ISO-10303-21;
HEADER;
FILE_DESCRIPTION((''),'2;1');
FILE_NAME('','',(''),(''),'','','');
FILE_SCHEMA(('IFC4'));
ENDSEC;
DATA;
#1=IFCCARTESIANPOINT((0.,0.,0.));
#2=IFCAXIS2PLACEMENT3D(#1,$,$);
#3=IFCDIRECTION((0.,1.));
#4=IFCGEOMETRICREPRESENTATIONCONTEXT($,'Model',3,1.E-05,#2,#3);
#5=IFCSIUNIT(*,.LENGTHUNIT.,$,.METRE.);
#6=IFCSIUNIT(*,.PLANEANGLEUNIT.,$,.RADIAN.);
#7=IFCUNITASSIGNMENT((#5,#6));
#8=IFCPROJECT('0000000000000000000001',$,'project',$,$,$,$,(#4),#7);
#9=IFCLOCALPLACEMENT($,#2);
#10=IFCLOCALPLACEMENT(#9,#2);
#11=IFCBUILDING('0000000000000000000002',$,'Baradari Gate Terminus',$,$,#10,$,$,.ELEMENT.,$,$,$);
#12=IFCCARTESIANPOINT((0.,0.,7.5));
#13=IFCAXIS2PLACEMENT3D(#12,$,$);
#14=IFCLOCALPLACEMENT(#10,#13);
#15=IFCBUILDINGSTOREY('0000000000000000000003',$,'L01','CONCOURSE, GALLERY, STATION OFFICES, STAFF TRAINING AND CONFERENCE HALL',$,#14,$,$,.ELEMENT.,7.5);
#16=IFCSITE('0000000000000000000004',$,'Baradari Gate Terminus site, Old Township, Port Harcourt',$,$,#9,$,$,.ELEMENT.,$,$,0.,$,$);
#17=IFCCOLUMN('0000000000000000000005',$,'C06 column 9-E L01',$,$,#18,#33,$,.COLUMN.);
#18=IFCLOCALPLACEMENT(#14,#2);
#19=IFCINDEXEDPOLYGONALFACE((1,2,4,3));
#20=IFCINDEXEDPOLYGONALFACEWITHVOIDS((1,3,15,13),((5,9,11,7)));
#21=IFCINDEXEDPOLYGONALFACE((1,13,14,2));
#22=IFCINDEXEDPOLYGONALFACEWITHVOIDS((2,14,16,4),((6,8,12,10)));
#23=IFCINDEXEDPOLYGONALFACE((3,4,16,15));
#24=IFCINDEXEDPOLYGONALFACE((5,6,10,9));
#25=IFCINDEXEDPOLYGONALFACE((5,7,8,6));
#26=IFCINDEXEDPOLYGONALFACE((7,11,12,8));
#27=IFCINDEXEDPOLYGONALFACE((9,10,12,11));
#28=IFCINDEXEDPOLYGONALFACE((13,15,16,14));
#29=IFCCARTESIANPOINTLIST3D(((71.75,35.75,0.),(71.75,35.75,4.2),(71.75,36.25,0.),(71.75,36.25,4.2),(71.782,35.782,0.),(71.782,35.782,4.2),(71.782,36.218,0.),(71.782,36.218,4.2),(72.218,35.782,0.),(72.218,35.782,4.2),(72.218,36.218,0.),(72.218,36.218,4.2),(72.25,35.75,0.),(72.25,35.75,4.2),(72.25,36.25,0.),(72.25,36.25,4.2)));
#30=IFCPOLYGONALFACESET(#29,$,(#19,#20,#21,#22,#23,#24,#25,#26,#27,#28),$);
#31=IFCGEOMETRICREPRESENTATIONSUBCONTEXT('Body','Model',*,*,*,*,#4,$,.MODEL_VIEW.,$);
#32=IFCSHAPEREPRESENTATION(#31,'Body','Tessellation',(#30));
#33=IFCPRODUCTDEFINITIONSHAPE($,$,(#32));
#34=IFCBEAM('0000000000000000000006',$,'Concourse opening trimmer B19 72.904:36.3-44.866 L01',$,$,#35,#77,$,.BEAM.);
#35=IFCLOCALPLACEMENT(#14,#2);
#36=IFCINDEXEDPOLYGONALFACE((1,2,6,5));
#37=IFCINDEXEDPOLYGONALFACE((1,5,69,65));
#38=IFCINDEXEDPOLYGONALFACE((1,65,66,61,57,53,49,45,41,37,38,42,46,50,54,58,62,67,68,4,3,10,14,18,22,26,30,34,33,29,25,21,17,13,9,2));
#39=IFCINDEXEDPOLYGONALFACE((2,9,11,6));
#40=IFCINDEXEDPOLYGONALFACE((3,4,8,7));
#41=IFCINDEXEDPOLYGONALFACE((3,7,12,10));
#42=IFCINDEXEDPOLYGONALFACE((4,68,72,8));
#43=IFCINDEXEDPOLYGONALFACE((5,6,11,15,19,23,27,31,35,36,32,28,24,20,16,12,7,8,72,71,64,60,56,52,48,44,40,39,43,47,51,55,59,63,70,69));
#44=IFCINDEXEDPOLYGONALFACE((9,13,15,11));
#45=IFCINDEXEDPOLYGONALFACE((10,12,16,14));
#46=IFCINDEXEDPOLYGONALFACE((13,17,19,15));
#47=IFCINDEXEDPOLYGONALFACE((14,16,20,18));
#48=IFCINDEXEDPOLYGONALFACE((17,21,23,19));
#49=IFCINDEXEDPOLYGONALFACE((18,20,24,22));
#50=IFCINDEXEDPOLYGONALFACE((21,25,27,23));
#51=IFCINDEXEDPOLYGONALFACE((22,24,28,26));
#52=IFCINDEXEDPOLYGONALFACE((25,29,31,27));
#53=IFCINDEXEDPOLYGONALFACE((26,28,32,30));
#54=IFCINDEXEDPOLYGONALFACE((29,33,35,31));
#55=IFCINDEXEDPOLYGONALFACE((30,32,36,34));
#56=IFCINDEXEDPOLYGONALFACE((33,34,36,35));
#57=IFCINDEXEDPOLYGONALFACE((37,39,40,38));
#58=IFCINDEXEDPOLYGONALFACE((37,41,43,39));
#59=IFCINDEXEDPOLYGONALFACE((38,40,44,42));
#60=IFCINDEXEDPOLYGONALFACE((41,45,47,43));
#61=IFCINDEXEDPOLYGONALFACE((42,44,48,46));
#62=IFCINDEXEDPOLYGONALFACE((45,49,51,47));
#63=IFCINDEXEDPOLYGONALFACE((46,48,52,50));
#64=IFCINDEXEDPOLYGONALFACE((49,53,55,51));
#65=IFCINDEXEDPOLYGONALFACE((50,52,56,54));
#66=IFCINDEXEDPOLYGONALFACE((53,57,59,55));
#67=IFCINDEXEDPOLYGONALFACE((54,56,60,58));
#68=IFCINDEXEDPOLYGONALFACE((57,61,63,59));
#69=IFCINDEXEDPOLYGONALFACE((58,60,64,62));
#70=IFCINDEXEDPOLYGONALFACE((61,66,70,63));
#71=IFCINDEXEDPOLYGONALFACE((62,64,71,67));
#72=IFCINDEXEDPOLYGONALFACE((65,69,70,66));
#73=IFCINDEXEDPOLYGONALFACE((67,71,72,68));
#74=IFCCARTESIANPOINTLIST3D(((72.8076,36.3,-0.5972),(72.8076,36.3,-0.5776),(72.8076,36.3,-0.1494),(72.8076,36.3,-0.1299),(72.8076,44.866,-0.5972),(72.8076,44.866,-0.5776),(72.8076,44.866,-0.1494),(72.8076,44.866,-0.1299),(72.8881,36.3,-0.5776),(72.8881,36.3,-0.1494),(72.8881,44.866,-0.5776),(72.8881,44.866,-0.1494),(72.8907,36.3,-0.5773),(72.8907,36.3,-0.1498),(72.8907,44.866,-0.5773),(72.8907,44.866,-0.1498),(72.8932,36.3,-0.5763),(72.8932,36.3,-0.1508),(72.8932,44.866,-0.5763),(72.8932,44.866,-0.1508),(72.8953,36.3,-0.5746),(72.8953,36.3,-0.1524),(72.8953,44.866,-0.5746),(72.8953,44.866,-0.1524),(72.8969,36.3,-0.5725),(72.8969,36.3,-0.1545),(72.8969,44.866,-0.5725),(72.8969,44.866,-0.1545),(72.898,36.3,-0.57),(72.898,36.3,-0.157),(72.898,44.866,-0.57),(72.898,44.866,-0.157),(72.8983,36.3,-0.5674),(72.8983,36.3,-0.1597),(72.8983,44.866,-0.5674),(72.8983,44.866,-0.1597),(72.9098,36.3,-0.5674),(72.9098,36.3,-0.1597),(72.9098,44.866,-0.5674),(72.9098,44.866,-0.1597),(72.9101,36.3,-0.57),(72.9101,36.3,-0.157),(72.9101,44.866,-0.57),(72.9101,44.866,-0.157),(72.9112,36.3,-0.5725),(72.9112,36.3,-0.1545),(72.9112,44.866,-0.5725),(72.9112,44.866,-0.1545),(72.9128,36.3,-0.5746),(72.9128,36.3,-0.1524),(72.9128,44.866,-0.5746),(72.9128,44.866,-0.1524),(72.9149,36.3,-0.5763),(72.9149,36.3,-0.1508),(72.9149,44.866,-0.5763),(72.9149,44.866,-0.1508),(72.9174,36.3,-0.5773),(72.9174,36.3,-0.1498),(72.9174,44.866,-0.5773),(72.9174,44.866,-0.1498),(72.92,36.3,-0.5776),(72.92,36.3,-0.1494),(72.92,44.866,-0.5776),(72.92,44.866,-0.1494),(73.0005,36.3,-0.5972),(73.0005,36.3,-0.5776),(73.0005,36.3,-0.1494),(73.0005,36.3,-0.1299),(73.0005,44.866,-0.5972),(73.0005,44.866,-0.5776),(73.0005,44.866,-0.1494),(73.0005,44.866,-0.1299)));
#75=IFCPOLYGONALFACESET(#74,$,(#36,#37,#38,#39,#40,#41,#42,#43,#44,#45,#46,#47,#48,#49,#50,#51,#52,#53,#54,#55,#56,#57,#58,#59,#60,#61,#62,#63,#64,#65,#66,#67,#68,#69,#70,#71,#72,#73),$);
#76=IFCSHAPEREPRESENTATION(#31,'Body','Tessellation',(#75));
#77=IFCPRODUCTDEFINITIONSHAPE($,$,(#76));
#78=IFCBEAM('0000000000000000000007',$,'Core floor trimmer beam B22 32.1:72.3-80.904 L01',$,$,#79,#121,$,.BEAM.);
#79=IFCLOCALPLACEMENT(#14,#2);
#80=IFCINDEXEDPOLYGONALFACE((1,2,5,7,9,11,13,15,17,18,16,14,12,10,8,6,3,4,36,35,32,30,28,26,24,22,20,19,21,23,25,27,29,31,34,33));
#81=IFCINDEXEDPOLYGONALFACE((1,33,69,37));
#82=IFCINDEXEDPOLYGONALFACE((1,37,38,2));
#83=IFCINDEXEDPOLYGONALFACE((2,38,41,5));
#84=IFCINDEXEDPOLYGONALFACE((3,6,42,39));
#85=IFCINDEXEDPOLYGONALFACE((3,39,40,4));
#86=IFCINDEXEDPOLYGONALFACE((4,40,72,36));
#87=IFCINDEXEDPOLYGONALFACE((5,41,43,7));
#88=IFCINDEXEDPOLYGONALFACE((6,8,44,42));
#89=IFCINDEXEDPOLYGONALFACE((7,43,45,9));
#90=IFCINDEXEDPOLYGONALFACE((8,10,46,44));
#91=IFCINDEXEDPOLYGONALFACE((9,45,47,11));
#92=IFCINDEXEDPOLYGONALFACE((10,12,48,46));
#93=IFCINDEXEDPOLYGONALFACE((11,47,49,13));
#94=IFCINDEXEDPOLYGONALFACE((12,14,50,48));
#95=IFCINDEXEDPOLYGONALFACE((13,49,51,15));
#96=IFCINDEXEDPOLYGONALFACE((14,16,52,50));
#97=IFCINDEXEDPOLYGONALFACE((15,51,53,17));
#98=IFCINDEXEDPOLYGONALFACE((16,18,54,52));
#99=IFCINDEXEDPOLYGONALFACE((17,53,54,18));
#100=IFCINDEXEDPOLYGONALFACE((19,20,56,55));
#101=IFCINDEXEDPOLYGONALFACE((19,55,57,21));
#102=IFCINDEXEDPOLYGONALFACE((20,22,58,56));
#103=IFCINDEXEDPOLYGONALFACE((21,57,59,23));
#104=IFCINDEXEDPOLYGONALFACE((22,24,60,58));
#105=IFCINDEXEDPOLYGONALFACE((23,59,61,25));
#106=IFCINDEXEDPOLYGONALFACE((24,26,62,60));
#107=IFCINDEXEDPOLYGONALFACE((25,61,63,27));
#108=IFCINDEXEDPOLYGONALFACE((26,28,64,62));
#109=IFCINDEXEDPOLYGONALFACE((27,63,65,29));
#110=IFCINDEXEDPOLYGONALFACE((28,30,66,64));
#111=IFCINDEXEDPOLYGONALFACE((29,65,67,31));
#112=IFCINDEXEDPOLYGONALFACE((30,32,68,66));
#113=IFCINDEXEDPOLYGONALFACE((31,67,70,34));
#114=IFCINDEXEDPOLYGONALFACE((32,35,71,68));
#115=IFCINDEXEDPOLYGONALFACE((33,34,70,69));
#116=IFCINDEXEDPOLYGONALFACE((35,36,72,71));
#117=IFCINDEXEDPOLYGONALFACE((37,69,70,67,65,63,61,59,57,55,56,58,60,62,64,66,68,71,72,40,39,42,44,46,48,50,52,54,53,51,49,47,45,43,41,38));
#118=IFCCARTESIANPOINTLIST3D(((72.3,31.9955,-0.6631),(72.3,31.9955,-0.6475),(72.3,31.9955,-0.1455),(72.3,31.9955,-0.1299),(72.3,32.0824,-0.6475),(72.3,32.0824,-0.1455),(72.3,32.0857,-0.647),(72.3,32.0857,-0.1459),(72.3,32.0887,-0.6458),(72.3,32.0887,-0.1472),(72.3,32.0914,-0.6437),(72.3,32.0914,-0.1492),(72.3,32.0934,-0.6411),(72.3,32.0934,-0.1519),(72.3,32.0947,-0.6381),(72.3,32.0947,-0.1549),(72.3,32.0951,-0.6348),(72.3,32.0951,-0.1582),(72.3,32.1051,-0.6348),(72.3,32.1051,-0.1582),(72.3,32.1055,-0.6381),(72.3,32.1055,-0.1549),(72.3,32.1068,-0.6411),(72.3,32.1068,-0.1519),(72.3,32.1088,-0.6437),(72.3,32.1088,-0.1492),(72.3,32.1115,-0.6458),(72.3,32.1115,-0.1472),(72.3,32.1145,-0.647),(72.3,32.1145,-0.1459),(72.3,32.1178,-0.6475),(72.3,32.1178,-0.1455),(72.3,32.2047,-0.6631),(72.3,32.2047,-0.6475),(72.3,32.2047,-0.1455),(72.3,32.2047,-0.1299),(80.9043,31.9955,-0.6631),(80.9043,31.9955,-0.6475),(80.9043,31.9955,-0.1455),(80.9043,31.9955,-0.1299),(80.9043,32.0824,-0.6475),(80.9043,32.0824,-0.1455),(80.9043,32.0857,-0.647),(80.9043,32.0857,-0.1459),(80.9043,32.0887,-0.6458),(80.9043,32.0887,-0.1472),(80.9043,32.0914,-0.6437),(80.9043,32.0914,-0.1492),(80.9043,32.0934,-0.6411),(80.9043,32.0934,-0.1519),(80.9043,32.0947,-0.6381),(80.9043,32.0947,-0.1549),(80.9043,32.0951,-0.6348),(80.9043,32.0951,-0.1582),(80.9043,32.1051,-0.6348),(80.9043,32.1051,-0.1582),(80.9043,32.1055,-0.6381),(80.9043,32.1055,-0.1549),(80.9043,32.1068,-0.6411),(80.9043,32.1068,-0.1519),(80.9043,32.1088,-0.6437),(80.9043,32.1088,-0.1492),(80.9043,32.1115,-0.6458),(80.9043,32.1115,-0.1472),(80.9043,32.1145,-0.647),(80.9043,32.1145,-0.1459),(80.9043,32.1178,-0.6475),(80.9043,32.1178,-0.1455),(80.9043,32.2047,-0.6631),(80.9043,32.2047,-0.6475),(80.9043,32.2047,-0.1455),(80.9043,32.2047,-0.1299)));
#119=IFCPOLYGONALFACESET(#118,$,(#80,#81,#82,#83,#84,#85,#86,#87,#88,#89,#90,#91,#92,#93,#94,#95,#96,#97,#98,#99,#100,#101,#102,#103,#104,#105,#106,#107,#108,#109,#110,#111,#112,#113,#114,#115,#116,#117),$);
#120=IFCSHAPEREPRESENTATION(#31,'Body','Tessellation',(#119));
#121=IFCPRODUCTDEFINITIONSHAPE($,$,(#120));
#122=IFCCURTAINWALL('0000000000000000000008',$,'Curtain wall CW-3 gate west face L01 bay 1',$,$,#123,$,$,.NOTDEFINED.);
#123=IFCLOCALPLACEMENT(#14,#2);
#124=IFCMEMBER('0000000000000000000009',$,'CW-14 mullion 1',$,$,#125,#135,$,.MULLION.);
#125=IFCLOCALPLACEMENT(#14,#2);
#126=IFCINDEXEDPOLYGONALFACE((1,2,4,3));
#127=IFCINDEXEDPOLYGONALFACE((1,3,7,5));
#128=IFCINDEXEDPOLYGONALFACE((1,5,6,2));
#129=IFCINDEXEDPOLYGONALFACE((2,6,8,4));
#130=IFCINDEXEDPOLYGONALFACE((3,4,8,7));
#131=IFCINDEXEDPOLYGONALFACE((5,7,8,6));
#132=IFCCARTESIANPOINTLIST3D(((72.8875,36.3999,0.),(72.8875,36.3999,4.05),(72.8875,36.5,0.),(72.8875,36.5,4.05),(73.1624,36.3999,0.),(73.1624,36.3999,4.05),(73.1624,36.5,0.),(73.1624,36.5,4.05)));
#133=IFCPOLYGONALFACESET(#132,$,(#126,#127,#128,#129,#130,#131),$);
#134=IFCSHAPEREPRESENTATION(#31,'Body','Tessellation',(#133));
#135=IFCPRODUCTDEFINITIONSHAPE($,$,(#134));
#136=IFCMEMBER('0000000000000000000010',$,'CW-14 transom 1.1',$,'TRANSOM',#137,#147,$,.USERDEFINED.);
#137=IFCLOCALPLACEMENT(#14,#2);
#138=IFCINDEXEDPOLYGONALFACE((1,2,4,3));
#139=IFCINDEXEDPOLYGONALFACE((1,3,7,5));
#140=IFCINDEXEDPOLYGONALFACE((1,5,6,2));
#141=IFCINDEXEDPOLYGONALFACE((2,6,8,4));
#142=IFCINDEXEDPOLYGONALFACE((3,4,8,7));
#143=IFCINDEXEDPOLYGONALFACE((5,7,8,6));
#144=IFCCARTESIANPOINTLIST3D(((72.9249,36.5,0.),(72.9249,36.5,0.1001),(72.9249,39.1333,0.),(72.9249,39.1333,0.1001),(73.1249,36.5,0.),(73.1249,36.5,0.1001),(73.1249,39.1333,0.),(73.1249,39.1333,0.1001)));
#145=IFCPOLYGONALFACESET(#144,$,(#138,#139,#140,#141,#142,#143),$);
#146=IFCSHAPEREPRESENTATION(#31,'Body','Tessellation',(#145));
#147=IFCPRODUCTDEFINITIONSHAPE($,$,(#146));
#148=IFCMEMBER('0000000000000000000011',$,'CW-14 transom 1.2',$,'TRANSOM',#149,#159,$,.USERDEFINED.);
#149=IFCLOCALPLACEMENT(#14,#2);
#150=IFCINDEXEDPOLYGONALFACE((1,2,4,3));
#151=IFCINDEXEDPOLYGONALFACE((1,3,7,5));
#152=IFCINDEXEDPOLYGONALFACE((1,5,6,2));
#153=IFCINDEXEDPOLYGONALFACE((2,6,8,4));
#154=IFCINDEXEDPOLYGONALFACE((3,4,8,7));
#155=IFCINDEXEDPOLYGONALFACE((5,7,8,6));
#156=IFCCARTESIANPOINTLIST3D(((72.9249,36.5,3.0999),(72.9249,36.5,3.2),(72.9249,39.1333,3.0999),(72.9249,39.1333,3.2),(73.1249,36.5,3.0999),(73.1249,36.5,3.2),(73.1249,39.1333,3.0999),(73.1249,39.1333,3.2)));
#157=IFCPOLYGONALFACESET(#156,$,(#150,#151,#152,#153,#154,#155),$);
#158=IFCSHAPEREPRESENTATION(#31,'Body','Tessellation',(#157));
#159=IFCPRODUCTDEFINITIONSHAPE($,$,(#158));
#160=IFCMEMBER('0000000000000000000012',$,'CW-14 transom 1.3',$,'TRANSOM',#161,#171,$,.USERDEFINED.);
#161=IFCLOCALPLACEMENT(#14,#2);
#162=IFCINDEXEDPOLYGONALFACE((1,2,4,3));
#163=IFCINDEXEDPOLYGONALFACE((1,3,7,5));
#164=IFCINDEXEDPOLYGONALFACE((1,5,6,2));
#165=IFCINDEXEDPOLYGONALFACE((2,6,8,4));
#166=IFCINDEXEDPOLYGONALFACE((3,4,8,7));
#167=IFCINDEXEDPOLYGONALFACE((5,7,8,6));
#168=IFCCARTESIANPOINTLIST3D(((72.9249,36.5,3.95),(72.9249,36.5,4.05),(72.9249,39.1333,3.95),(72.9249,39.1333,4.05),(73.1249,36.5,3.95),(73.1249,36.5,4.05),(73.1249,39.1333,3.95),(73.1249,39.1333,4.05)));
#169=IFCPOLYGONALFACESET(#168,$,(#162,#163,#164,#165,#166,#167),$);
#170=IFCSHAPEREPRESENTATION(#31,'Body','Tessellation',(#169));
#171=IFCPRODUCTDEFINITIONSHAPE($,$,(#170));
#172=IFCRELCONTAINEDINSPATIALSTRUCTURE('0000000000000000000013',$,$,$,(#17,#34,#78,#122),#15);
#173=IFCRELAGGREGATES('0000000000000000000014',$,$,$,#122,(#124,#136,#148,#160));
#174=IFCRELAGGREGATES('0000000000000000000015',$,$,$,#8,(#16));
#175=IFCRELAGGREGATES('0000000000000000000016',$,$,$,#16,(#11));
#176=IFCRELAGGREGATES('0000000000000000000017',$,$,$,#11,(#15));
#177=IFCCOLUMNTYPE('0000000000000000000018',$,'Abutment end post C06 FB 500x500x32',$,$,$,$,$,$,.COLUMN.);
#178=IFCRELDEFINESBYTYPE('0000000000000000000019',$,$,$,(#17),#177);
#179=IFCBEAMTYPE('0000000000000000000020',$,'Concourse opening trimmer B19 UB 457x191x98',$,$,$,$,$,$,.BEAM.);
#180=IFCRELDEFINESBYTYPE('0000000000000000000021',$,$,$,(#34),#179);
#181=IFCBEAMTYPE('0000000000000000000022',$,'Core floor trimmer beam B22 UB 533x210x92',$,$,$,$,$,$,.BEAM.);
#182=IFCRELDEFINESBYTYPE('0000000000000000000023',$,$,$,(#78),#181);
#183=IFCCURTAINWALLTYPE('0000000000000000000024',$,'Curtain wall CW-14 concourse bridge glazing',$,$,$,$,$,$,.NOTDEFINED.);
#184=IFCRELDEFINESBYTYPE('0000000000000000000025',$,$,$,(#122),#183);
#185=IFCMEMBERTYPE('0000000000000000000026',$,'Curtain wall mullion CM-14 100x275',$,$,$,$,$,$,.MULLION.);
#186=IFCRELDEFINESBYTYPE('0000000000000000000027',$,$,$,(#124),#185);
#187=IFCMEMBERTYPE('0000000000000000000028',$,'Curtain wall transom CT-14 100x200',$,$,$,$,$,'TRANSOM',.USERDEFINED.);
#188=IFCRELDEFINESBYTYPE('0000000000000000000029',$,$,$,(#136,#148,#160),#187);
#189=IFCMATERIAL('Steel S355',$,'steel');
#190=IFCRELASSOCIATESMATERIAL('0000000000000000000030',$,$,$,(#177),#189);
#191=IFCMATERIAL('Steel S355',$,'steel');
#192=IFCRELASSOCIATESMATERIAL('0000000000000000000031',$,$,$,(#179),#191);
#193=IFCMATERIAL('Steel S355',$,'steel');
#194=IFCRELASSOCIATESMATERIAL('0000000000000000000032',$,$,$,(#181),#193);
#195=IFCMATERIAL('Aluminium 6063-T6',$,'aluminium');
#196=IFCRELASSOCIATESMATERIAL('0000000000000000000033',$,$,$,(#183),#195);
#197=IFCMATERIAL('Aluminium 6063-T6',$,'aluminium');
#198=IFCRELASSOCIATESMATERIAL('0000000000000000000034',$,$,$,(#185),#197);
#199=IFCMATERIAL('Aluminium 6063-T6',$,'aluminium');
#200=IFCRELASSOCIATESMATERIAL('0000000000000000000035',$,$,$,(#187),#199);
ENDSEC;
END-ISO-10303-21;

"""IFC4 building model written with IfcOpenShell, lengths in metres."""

from ifc_helpers import new_model, si_unit, direction, frame, origin, origin_2d, place, context, subcontext, project, spatial, rectangle, hollow_rectangle, i_section, extrude, material, material_profile, profile_set, type_object, element, aggregate, save


model = new_model("IFC4")

# Units and contexts
model_context = context("Model", 3, precision=1e-05, world=origin(), true_north=direction((0.0, 1.0)))
body_context = subcontext(model_context, "Body", "Model", "MODEL_VIEW")
ifc_project = project(units=[si_unit("LENGTHUNIT", "METRE"), si_unit("PLANEANGLEUNIT", "RADIAN")], contexts=[model_context])

# Site, building, storey
site_placement = place(None, origin())
site = spatial("IfcSite", under=ifc_project, at=site_placement, Name="Baradari Gate Terminus site, Old Township, Port Harcourt", CompositionType="ELEMENT", RefElevation=0.0)
building_placement = place(site_placement, origin())
building = spatial("IfcBuilding", under=site, at=building_placement, Name="Baradari Gate Terminus", CompositionType="ELEMENT")
storey_placement = place(building_placement, frame((0.0, 0.0, 7.5)))
storey = spatial("IfcBuildingStorey", under=building, at=storey_placement, Name="L01", Description="CONCOURSE, GALLERY, STATION OFFICES, STAFF TRAINING AND CONFERENCE HALL", CompositionType="ELEMENT", Elevation=7.5)

# Column
ifc_material_1 = material(Name="Steel S355", Category="steel")
ifc_material_profile_1 = material_profile(ifc_material_1, hollow_rectangle(XDim=0.5, YDim=0.5, WallThickness=0.032, at=origin_2d()), Name="FB 500x500x32")
ifc_profile_set_1 = profile_set([ifc_material_profile_1], Name="Steel S355")
column_type = type_object("IfcColumnType", Name="Abutment end post C06 FB 500x500x32", PredefinedType="COLUMN", material=ifc_profile_set_1)
column_placement = place(storey_placement, frame((72.0, 36.0, 0.0), z_axis=(0.0, 0.0, 1.0), x_axis=(1.0, 0.0, 0.0)))
element("IfcColumn", 1, at=column_placement, inside=storey, type_object=column_type, Name="C06 column 9-E L01", PredefinedType="COLUMN", context=body_context, shape_type="SweptSolid", body=[
    extrude(hollow_rectangle(XDim=0.5, YDim=0.5, WallThickness=0.032, at=origin_2d()), origin(), (0.0, 0.0, 1.0), 4.2),
])

# Beams
ifc_material_2 = material(Name="Steel S355", Category="steel")
ifc_material_profile_2 = material_profile(ifc_material_2, i_section(OverallWidth=0.1929, OverallDepth=0.4673, WebThickness=0.0115, FlangeThickness=0.0195, FilletRadius=0.0103, at=origin_2d()), Name="UB 457x191x98")
ifc_profile_set_2 = profile_set([ifc_material_profile_2], Name="Steel S355")
beam_type_1 = type_object("IfcBeamType", Name="Concourse opening trimmer B19 UB 457x191x98", PredefinedType="BEAM", material=ifc_profile_set_2)
beam_1_placement = place(storey_placement, frame((72.9041, 36.3, -0.3635), z_axis=(0.0, 1.0, 0.0), x_axis=(-1.0, 0.0, 0.0)))
element("IfcBeam", 2, at=beam_1_placement, inside=storey, type_object=beam_type_1, Name="Concourse opening trimmer B19 72.904:36.3-44.866 L01", PredefinedType="BEAM", context=body_context, shape_type="SweptSolid", body=[
    extrude(i_section(OverallWidth=0.1929, OverallDepth=0.4673, WebThickness=0.0115, FlangeThickness=0.0195, FilletRadius=0.0103, at=origin_2d()), origin(), (0.0, 0.0, 1.0), 8.5659),
])
ifc_material_3 = material(Name="Steel S355", Category="steel")
ifc_material_profile_3 = material_profile(ifc_material_3, i_section(OverallWidth=0.2092, OverallDepth=0.5332, WebThickness=0.01, FlangeThickness=0.0156, FilletRadius=0.0127, at=origin_2d()), Name="UB 533x210x92")
ifc_profile_set_3 = profile_set([ifc_material_profile_3], Name="Steel S355")
beam_type_2 = type_object("IfcBeamType", Name="Core floor trimmer beam B22 UB 533x210x92", PredefinedType="BEAM", material=ifc_profile_set_3)
beam_2_placement = place(storey_placement, frame((72.3, 32.1001, -0.3965), z_axis=(1.0, 0.0, 0.0), x_axis=(0.0, 1.0, 0.0)))
element("IfcBeam", 3, at=beam_2_placement, inside=storey, type_object=beam_type_2, Name="Core floor trimmer beam B22 32.1:72.3-80.904 L01", PredefinedType="BEAM", context=body_context, shape_type="SweptSolid", body=[
    extrude(i_section(OverallWidth=0.2092, OverallDepth=0.5332, WebThickness=0.01, FlangeThickness=0.0156, FilletRadius=0.0127, at=origin_2d()), origin(), (0.0, 0.0, 1.0), 8.6042),
])

# Curtain wall, members
ifc_material_4 = material(Name="Aluminium 6063-T6", Category="aluminium")
curtain_wall_type = type_object("IfcCurtainWallType", Name="Curtain wall CW-14 concourse bridge glazing", PredefinedType="NOTDEFINED", material=ifc_material_4)
curtain_wall_placement = place(storey_placement, origin())
curtain_wall = element("IfcCurtainWall", 4, at=curtain_wall_placement, inside=storey, type_object=curtain_wall_type, Name="Curtain wall CW-3 gate west face L01 bay 1", PredefinedType="NOTDEFINED")
ifc_material_5 = material(Name="Aluminium 6063-T6", Category="aluminium")
ifc_material_profile_4 = material_profile(ifc_material_5, rectangle(XDim=0.2749, YDim=0.1001, at=origin_2d()), Name="CM-14 100X275")
ifc_profile_set_4 = profile_set([ifc_material_profile_4], Name="Aluminium 6063-T6")
member_type_1 = type_object("IfcMemberType", Name="Curtain wall mullion CM-14 100x275", PredefinedType="MULLION", material=ifc_profile_set_4)
member_1_placement = place(storey_placement, frame((73.0249, 36.45, 0.0), z_axis=(0.0, 0.0, 1.0), x_axis=(-1.0, 0.0, 0.0)))
member_1 = element("IfcMember", 5, at=member_1_placement, type_object=member_type_1, Name="CW-14 mullion 1", PredefinedType="MULLION", context=body_context, shape_type="SweptSolid", body=[
    extrude(rectangle(XDim=0.2749, YDim=0.1001, at=origin_2d()), origin(), (0.0, 0.0, 1.0), 4.05),
])
ifc_material_6 = material(Name="Aluminium 6063-T6", Category="aluminium")
ifc_material_profile_5 = material_profile(ifc_material_6, rectangle(XDim=0.2, YDim=0.1001, at=origin_2d()), Name="CT-14 100X200")
ifc_profile_set_5 = profile_set([ifc_material_profile_5], Name="Aluminium 6063-T6")
member_type_2 = type_object("IfcMemberType", Name="Curtain wall transom CT-14 100x200", ElementType="TRANSOM", PredefinedType="USERDEFINED", material=ifc_profile_set_5)
member_2_placement = place(storey_placement, frame((73.0249, 36.5, 0.05), z_axis=(0.0, 1.0, 0.0), x_axis=(-1.0, 0.0, 0.0)))
member_2 = element("IfcMember", 6, at=member_2_placement, type_object=member_type_2, Name="CW-14 transom 1.1", ObjectType="TRANSOM", PredefinedType="USERDEFINED", context=body_context, shape_type="SweptSolid", body=[
    extrude(rectangle(XDim=0.2, YDim=0.1001, at=origin_2d()), origin(), (0.0, 0.0, 1.0), 2.6333),
])
member_3_placement = place(storey_placement, frame((73.0249, 36.5, 3.1499), z_axis=(0.0, 1.0, 0.0), x_axis=(-1.0, 0.0, 0.0)))
member_3 = element("IfcMember", 7, at=member_3_placement, type_object=member_type_2, Name="CW-14 transom 1.2", ObjectType="TRANSOM", PredefinedType="USERDEFINED", context=body_context, shape_type="SweptSolid", body=[
    extrude(rectangle(XDim=0.2, YDim=0.1001, at=origin_2d()), origin(), (0.0, 0.0, 1.0), 2.6333),
])
member_4_placement = place(storey_placement, frame((73.0249, 36.5, 4.0), z_axis=(0.0, 1.0, 0.0), x_axis=(-1.0, 0.0, 0.0)))
member_4 = element("IfcMember", 8, at=member_4_placement, type_object=member_type_2, Name="CW-14 transom 1.3", ObjectType="TRANSOM", PredefinedType="USERDEFINED", context=body_context, shape_type="SweptSolid", body=[
    extrude(rectangle(XDim=0.2, YDim=0.1001, at=origin_2d()), origin(), (0.0, 0.0, 1.0), 2.6333),
])
aggregate(curtain_wall, [member_1, member_2, member_3, member_4])

save(model, "model.ifc")
